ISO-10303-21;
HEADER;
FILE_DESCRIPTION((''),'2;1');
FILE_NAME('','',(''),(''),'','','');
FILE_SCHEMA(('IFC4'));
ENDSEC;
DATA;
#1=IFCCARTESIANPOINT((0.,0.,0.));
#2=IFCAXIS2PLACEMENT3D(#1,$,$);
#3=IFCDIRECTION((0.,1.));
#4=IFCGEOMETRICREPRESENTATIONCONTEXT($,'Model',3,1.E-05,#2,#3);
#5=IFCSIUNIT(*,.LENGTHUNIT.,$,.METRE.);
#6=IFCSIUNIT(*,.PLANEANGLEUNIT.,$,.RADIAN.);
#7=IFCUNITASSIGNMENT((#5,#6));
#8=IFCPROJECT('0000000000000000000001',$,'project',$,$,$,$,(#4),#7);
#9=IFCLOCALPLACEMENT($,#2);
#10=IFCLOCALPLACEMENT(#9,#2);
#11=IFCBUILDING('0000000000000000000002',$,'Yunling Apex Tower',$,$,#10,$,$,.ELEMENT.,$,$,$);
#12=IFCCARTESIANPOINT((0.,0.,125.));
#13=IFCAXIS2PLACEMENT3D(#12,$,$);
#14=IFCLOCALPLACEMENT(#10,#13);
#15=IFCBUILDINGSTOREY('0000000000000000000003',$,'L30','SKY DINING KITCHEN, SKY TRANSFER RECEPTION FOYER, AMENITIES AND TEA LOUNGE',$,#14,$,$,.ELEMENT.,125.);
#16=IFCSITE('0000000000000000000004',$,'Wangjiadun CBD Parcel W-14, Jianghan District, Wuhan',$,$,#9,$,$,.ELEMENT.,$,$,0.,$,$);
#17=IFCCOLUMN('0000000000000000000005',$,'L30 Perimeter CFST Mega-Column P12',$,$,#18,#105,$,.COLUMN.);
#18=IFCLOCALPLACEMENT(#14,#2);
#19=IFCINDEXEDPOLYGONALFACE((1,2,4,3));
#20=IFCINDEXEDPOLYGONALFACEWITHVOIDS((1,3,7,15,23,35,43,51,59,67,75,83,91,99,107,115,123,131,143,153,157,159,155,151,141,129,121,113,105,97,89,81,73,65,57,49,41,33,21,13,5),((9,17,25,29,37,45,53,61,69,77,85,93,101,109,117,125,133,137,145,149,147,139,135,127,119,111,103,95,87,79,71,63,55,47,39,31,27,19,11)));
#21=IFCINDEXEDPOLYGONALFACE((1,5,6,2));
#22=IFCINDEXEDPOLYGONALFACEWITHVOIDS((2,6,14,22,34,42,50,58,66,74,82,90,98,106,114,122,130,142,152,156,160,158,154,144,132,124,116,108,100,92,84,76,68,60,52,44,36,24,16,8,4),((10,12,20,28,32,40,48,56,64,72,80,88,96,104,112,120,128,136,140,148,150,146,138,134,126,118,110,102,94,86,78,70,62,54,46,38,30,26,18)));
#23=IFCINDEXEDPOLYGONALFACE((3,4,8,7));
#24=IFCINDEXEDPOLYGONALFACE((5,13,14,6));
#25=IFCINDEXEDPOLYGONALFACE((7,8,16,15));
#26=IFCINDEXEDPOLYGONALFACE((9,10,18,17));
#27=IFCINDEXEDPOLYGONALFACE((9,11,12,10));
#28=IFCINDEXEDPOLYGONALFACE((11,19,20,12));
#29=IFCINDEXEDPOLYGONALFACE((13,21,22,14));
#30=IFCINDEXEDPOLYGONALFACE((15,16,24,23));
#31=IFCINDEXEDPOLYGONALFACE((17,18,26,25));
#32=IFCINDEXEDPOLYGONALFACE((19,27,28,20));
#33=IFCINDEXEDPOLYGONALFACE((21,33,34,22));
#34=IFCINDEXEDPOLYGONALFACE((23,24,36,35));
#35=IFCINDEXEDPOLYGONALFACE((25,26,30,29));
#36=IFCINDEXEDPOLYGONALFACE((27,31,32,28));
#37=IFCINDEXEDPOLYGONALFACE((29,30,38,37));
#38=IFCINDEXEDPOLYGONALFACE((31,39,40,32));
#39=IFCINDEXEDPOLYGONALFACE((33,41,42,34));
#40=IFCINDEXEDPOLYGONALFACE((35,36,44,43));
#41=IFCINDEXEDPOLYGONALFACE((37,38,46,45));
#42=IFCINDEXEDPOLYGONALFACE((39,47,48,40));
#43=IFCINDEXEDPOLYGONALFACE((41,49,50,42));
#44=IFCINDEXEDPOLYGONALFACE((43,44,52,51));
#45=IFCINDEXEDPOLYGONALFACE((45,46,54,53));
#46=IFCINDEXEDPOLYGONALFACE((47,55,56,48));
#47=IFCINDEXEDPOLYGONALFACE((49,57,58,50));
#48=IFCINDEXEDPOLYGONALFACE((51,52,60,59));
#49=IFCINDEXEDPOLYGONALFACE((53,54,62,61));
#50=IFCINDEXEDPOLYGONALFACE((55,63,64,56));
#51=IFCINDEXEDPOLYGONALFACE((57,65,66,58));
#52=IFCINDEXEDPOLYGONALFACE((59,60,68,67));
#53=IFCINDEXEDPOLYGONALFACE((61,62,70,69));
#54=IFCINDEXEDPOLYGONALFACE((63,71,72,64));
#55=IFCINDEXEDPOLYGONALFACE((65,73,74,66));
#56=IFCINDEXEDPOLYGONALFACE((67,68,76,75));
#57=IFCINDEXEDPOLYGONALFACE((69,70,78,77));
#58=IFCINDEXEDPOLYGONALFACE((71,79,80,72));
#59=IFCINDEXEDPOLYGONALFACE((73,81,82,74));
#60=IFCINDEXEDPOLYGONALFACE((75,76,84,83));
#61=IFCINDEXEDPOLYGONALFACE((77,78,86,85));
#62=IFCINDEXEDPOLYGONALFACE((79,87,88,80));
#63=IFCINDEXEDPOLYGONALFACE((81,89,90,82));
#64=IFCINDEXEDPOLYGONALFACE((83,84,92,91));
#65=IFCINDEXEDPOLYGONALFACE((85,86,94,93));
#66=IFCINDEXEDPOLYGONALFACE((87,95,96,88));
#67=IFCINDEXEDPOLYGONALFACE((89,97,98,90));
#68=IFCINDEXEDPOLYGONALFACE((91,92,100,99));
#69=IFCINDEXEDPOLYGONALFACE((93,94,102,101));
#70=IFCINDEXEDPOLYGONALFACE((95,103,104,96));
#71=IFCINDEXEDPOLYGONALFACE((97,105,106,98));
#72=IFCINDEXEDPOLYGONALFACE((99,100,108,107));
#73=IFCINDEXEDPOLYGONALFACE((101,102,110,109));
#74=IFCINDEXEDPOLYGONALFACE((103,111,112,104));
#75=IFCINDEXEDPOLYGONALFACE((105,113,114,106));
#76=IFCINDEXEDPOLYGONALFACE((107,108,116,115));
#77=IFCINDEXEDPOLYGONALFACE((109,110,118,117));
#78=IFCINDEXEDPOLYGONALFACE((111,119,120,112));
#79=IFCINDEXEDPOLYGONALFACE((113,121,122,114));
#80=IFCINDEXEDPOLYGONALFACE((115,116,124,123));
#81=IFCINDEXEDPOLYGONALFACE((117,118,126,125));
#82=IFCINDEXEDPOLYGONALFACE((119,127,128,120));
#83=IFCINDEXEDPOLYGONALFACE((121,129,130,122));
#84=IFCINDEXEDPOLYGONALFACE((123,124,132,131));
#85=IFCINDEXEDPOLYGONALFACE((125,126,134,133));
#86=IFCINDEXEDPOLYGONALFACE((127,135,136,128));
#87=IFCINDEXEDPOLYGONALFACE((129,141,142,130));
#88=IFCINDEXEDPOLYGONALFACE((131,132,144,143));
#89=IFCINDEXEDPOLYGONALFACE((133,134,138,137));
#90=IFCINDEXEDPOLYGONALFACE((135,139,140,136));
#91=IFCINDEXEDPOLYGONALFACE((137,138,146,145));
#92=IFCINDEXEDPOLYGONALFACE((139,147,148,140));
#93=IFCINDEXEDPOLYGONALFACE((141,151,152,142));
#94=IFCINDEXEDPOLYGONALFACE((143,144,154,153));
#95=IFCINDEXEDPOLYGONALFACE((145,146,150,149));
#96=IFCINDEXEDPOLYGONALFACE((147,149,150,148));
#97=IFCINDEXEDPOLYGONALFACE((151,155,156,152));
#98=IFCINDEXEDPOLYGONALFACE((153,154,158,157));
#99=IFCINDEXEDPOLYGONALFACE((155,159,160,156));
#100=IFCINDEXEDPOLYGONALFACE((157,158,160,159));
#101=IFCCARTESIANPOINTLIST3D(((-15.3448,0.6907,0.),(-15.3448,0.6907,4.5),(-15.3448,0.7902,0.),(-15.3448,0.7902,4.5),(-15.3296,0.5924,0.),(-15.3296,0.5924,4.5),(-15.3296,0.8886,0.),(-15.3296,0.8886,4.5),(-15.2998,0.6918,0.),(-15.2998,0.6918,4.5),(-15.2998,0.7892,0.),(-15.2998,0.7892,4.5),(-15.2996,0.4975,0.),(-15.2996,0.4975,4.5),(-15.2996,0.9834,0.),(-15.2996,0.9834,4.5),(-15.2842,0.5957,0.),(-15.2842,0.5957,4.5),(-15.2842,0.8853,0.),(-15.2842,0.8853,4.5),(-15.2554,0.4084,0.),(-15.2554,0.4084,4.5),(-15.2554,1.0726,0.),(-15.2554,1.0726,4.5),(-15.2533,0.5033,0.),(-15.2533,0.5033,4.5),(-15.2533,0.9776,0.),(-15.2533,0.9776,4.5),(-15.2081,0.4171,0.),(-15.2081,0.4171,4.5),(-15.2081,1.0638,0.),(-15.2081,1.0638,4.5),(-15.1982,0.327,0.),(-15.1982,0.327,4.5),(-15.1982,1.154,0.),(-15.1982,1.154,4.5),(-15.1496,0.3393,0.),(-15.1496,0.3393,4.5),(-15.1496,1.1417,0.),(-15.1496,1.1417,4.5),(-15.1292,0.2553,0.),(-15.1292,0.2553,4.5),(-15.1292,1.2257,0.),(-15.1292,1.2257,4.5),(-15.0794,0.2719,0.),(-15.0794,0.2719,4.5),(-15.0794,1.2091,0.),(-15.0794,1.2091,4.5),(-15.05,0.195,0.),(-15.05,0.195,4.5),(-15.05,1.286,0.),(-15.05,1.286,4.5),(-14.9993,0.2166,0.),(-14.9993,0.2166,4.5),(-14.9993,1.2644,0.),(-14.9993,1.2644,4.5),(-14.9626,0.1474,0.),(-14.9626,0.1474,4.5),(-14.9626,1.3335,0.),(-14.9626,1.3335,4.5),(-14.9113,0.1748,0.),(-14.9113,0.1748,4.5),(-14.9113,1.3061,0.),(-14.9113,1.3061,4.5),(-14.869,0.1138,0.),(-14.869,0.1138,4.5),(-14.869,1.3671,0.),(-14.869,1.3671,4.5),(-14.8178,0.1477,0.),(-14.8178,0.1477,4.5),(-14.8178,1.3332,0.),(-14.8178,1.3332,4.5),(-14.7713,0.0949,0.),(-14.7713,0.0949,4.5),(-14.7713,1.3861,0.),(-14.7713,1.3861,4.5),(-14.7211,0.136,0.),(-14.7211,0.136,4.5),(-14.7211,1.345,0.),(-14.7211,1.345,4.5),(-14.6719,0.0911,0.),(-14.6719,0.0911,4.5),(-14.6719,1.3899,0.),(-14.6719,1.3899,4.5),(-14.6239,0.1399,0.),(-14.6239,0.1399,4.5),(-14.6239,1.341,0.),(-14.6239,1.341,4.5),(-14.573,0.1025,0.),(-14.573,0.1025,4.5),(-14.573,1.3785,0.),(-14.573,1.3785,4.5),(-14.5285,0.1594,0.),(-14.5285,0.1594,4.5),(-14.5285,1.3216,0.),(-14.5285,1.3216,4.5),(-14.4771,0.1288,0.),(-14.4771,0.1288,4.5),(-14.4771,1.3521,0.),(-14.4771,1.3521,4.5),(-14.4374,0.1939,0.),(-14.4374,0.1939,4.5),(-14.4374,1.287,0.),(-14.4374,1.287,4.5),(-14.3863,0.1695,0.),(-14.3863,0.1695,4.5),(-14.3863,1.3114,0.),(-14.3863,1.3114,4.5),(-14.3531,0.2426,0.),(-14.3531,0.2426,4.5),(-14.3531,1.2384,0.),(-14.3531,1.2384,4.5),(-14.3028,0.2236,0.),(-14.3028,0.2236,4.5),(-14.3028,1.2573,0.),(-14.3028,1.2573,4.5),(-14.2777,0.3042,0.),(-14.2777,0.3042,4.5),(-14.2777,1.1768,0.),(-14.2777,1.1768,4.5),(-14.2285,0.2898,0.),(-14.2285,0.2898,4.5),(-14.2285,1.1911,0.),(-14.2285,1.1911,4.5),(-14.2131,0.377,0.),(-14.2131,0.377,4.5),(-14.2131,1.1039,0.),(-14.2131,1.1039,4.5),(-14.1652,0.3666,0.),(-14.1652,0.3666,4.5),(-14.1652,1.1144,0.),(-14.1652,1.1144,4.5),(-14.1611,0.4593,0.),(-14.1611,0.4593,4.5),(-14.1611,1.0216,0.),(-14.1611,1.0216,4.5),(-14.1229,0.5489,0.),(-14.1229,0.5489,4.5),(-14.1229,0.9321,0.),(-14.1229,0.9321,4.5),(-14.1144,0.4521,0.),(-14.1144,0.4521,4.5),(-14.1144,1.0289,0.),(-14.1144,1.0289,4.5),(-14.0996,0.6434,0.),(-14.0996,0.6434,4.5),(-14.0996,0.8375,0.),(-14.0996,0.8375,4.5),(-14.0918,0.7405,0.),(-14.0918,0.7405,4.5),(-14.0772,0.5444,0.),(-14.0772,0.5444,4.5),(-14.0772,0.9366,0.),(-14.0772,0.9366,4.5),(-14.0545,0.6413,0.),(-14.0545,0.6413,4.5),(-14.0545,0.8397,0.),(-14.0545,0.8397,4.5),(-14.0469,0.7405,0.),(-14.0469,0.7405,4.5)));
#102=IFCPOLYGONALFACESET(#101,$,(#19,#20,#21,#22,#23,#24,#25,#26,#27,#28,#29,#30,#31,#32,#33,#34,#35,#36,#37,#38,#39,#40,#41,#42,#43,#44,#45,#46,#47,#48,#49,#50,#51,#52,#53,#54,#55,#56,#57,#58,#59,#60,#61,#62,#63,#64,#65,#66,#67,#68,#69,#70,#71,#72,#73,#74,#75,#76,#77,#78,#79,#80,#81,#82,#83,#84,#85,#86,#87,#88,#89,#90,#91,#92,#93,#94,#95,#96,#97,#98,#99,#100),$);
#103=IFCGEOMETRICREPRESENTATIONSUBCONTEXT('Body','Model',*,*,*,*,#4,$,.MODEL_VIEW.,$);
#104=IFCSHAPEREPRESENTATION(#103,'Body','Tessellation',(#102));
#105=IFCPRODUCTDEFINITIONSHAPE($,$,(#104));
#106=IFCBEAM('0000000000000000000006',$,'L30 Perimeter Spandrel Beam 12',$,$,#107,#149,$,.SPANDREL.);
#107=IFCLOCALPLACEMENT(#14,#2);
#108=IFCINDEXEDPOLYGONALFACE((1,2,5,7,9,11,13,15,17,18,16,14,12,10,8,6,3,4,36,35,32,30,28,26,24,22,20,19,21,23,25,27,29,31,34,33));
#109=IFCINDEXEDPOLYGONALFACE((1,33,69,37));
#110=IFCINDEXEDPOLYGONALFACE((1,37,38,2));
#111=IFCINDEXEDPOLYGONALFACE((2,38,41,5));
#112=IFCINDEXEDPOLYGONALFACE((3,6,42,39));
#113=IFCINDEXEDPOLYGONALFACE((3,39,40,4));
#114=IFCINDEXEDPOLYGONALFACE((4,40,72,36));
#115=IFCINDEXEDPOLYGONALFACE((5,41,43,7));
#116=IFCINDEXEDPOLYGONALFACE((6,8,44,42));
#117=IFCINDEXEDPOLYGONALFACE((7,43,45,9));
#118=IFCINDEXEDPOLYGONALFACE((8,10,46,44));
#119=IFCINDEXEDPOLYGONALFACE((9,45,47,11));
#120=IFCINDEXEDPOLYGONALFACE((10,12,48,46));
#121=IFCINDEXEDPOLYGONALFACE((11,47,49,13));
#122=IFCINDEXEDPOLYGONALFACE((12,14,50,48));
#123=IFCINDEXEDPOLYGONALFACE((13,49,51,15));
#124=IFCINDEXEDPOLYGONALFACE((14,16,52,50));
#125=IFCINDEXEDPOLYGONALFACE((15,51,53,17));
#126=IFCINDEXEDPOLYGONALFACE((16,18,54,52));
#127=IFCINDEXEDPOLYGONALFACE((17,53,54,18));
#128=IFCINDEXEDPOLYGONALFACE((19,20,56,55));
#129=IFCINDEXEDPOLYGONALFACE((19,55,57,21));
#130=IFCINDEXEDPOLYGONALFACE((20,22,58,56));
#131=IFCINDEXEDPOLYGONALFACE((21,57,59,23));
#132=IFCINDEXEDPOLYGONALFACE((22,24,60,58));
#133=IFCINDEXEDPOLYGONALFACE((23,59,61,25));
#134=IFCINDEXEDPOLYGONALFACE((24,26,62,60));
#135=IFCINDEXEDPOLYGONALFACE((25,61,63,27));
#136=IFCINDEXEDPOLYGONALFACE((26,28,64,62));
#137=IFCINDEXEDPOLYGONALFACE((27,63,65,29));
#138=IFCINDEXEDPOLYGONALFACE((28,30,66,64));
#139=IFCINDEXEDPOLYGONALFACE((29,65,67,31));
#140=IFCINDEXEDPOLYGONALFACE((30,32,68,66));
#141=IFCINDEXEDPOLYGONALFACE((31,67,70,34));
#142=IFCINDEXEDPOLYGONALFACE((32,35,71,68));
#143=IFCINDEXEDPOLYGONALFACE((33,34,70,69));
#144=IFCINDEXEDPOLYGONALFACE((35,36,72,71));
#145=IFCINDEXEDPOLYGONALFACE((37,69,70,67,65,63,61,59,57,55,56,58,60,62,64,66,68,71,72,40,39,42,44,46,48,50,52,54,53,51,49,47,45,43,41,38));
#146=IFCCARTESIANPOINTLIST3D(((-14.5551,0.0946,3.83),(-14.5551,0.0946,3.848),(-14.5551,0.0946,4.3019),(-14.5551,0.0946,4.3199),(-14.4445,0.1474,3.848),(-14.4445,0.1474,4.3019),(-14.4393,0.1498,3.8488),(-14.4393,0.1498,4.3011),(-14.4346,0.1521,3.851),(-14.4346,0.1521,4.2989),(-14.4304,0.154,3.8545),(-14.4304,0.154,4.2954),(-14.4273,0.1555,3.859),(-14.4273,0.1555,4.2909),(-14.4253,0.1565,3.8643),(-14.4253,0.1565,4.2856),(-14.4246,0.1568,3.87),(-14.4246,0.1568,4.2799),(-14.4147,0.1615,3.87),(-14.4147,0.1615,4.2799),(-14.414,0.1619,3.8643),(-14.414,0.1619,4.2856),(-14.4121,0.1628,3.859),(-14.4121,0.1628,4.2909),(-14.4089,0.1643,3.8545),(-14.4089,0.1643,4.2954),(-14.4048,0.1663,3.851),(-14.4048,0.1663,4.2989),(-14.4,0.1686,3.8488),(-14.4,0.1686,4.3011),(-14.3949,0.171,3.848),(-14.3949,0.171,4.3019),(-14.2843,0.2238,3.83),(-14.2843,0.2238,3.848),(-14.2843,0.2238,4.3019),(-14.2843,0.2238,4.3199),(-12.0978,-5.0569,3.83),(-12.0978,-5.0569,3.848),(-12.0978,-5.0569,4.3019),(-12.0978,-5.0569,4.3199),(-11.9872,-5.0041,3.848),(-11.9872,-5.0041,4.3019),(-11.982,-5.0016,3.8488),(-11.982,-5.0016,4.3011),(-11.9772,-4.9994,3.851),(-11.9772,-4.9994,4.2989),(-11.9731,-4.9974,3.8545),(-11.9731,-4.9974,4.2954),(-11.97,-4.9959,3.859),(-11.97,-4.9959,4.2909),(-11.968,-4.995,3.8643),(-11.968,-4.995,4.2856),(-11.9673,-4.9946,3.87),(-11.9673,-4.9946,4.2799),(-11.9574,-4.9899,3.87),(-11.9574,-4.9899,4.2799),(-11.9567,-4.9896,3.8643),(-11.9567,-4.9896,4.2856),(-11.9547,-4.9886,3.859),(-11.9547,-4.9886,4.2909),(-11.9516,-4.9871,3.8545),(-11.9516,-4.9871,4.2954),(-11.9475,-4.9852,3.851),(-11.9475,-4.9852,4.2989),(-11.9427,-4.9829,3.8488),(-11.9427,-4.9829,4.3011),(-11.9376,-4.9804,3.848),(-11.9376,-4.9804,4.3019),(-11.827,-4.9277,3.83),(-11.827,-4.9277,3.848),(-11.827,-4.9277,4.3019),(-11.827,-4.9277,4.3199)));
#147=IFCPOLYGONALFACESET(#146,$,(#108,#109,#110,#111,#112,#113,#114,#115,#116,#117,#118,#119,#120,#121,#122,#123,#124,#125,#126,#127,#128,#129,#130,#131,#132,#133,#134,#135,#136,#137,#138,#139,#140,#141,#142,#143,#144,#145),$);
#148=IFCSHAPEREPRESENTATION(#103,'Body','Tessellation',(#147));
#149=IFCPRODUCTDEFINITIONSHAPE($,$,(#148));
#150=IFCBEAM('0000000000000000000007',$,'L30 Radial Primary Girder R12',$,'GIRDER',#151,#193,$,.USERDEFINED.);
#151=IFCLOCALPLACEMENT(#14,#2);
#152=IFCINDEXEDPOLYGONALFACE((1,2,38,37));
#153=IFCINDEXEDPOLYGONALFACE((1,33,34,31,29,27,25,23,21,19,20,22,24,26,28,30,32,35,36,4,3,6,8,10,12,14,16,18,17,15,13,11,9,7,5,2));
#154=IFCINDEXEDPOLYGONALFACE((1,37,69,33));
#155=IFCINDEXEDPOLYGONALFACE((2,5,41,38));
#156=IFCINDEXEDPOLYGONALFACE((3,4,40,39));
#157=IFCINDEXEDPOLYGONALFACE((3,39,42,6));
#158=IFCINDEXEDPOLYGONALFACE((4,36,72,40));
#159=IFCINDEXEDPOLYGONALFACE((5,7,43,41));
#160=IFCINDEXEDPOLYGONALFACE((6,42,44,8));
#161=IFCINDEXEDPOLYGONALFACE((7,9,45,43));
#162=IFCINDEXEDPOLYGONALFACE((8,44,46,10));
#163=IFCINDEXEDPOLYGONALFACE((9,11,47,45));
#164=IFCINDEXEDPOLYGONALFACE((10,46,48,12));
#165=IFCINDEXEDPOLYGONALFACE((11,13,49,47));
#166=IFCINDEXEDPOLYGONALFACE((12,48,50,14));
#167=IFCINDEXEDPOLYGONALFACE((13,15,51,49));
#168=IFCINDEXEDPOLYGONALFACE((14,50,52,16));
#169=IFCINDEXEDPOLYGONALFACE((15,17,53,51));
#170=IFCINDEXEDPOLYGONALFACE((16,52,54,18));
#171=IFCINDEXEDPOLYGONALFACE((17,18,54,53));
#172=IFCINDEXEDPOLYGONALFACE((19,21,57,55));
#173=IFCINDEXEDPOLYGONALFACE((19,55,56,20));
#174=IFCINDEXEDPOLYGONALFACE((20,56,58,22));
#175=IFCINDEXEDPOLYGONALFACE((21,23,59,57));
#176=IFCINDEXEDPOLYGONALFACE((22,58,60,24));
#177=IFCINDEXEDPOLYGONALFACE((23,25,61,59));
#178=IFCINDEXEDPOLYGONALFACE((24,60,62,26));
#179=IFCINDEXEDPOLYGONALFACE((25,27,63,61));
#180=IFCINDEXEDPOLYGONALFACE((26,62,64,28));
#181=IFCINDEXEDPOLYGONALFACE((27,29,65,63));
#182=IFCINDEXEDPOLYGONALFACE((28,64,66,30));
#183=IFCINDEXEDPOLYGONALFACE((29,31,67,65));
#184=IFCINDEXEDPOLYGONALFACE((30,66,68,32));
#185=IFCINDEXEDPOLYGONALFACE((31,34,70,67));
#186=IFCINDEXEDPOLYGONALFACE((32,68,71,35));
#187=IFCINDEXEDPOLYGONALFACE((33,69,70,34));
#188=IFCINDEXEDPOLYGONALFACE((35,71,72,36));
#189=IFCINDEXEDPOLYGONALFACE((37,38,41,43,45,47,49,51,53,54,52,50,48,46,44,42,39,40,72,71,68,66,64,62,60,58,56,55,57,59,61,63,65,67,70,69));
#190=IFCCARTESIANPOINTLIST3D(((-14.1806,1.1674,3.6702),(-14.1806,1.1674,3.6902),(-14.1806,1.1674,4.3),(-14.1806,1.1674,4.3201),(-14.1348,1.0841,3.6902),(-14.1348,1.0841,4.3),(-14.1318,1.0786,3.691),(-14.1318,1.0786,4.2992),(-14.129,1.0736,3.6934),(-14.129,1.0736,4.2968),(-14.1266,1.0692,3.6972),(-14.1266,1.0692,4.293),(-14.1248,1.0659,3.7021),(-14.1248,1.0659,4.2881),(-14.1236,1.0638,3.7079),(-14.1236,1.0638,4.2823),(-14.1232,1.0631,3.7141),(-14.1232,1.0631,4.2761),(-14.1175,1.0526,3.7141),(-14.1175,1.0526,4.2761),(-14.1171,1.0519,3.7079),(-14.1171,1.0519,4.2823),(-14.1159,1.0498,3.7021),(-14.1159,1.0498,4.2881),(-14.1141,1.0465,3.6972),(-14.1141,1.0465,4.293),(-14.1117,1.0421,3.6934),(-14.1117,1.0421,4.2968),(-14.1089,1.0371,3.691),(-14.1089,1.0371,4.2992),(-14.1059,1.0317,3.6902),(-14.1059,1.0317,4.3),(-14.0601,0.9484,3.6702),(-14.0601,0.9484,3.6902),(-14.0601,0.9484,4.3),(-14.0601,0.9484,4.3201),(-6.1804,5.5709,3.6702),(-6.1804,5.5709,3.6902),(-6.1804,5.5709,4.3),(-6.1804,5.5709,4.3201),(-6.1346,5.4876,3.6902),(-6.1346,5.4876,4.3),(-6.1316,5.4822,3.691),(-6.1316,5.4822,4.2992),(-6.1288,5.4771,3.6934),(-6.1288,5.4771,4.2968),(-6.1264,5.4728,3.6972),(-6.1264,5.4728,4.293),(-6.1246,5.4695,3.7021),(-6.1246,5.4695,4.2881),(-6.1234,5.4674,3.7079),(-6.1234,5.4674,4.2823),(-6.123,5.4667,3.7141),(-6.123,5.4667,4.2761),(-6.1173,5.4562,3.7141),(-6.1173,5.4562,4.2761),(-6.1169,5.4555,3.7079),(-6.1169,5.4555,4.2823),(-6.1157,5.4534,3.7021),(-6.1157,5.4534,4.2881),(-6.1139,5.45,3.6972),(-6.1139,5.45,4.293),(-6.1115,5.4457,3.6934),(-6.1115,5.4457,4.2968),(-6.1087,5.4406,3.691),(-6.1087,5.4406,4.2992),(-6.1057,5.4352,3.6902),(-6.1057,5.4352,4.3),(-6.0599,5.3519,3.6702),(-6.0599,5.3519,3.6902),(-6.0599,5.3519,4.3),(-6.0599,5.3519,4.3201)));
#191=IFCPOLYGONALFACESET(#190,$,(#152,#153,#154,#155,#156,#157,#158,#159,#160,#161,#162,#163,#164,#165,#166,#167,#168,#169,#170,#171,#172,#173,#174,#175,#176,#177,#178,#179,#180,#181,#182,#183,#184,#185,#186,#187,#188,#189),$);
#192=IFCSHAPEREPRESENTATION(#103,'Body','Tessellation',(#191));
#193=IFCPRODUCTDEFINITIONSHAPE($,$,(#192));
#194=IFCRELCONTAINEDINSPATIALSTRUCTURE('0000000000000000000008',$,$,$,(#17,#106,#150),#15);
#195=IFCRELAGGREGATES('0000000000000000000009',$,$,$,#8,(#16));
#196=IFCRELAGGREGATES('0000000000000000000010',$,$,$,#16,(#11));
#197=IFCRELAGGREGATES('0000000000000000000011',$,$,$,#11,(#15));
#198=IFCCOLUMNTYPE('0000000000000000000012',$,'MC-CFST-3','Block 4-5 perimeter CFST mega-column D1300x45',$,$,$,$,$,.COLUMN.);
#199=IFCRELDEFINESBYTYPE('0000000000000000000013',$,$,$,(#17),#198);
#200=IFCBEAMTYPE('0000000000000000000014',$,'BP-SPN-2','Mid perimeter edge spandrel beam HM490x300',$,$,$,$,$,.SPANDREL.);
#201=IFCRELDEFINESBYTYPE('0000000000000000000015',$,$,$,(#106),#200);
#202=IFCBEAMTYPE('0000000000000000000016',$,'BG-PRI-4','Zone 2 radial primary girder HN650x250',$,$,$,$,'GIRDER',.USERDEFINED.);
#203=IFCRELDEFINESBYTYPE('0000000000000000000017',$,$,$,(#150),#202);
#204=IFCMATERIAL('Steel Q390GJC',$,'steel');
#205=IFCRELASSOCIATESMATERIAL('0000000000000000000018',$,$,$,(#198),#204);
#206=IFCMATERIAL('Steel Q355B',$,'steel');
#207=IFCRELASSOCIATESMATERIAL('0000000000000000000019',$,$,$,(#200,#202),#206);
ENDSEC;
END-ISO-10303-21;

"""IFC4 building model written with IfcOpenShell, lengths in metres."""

from ifc_helpers import new_model, si_unit, direction, frame, origin, origin_2d, place, context, subcontext, project, spatial, hollow_circle, i_section, extrude, source, transform, mapped, material, material_profile, profile_set, type_object, element, save


model = new_model("IFC4")

# Units and contexts
model_context = context("Model", 3, precision=1e-05, world=origin(), true_north=direction((0.0, 1.0)))
body_context = subcontext(model_context, "Body", "Model", "MODEL_VIEW")
ifc_project = project(units=[si_unit("LENGTHUNIT", "METRE"), si_unit("PLANEANGLEUNIT", "RADIAN")], contexts=[model_context])

# Site, building, storey
site_placement = place(None, origin())
site = spatial("IfcSite", under=ifc_project, at=site_placement, Name="Wangjiadun CBD Parcel W-14, Jianghan District, Wuhan", CompositionType="ELEMENT", RefElevation=0.0)
building_placement = place(site_placement, origin())
building = spatial("IfcBuilding", under=site, at=building_placement, Name="Yunling Apex Tower", CompositionType="ELEMENT")
storey_placement = place(building_placement, frame((0.0, 0.0, 125.0)))
storey = spatial("IfcBuildingStorey", under=building, at=storey_placement, Name="L30", Description="SKY DINING KITCHEN, SKY TRANSFER RECEPTION FOYER, AMENITIES AND TEA LOUNGE", CompositionType="ELEMENT", Elevation=125.0)

# Column
ifc_material_1 = material(Name="Steel Q390GJC", Category="steel")
ifc_material_profile_1 = material_profile(ifc_material_1, hollow_circle(Radius=0.6499, WallThickness=0.0449, at=origin_2d()))
ifc_profile_set_1 = profile_set([ifc_material_profile_1], Name="Steel Q390GJC")
column_type = type_object("IfcColumnType", Name="MC-CFST-3", Description="Block 4-5 perimeter CFST mega-column D1300x45", PredefinedType="COLUMN", material=ifc_profile_set_1)
shared_shape_1 = source(origin(), body_context, "Body", "SweptSolid", [
    extrude(hollow_circle(Radius=0.6499, WallThickness=0.0449, at=origin_2d()), origin(), (0.0, 0.0, 1.0), 4.5),
])
column_placement = place(storey_placement, frame((-14.6968, 0.7405, 0.0), z_axis=(0.0, 0.0, 1.0), x_axis=(1.0, 0.0, 0.0)))
element("IfcColumn", 1, at=column_placement, inside=storey, type_object=column_type, Name="L30 Perimeter CFST Mega-Column P12", PredefinedType="COLUMN", context=body_context, shape_type="MappedRepresentation", body=[
    mapped(shared_shape_1, transform((0.0, 0.0, 0.0), scale=1.0)),
])

# Beams
ifc_material_2 = material(Name="Steel Q355B", Category="steel")
ifc_material_profile_2 = material_profile(ifc_material_2, i_section(OverallWidth=0.3, OverallDepth=0.49, WebThickness=0.011, FlangeThickness=0.0181, FilletRadius=0.022, at=origin_2d()))
ifc_profile_set_2 = profile_set([ifc_material_profile_2], Name="Steel Q355B")
beam_type_1 = type_object("IfcBeamType", Name="BP-SPN-2", Description="Mid perimeter edge spandrel beam HM490x300", PredefinedType="SPANDREL", material=ifc_profile_set_2)
shared_shape_2 = source(origin(), body_context, "Body", "SweptSolid", [
    extrude(i_section(OverallWidth=0.3, OverallDepth=0.49, WebThickness=0.011, FlangeThickness=0.0181, FilletRadius=0.022, at=origin_2d()), origin(), (0.0, 0.0, 1.0), 5.7075),
])
beam_1_placement = place(storey_placement, frame((-14.4197, 0.1592, 4.075), z_axis=(0.43054, -0.902572, 0.0), x_axis=(0.902572, 0.43054, 0.0)))
element("IfcBeam", 2, at=beam_1_placement, inside=storey, type_object=beam_type_1, Name="L30 Perimeter Spandrel Beam 12", PredefinedType="SPANDREL", context=body_context, shape_type="MappedRepresentation", body=[
    mapped(shared_shape_2, transform((0.0, 0.0, 0.0), scale=1.0)),
])
ifc_material_profile_3 = material_profile(ifc_material_2, i_section(OverallWidth=0.25, OverallDepth=0.6499, WebThickness=0.012, FlangeThickness=0.02, FilletRadius=0.0239, at=origin_2d()))
ifc_profile_set_3 = profile_set([ifc_material_profile_3], Name="Steel Q355B")
beam_type_2 = type_object("IfcBeamType", Name="BG-PRI-4", Description="Zone 2 radial primary girder HN650x250", ElementType="GIRDER", PredefinedType="USERDEFINED", material=ifc_profile_set_3)
shared_shape_3 = source(origin(), body_context, "Body", "SweptSolid", [
    extrude(i_section(OverallWidth=0.25, OverallDepth=0.6499, WebThickness=0.012, FlangeThickness=0.02, FilletRadius=0.0239, at=origin_2d()), origin(), (0.0, 0.0, 1.0), 9.1321),
])
beam_2_placement = place(storey_placement, frame((-14.1204, 1.0579, 3.9951), z_axis=(0.876057, 0.482207, 0.0), x_axis=(-0.482207, 0.876057, 0.0)))
element("IfcBeam", 3, at=beam_2_placement, inside=storey, type_object=beam_type_2, Name="L30 Radial Primary Girder R12", ObjectType="GIRDER", PredefinedType="USERDEFINED", context=body_context, shape_type="MappedRepresentation", body=[
    mapped(shared_shape_3, transform((0.0, 0.0, 0.0), scale=1.0)),
])

save(model, "model.ifc")
